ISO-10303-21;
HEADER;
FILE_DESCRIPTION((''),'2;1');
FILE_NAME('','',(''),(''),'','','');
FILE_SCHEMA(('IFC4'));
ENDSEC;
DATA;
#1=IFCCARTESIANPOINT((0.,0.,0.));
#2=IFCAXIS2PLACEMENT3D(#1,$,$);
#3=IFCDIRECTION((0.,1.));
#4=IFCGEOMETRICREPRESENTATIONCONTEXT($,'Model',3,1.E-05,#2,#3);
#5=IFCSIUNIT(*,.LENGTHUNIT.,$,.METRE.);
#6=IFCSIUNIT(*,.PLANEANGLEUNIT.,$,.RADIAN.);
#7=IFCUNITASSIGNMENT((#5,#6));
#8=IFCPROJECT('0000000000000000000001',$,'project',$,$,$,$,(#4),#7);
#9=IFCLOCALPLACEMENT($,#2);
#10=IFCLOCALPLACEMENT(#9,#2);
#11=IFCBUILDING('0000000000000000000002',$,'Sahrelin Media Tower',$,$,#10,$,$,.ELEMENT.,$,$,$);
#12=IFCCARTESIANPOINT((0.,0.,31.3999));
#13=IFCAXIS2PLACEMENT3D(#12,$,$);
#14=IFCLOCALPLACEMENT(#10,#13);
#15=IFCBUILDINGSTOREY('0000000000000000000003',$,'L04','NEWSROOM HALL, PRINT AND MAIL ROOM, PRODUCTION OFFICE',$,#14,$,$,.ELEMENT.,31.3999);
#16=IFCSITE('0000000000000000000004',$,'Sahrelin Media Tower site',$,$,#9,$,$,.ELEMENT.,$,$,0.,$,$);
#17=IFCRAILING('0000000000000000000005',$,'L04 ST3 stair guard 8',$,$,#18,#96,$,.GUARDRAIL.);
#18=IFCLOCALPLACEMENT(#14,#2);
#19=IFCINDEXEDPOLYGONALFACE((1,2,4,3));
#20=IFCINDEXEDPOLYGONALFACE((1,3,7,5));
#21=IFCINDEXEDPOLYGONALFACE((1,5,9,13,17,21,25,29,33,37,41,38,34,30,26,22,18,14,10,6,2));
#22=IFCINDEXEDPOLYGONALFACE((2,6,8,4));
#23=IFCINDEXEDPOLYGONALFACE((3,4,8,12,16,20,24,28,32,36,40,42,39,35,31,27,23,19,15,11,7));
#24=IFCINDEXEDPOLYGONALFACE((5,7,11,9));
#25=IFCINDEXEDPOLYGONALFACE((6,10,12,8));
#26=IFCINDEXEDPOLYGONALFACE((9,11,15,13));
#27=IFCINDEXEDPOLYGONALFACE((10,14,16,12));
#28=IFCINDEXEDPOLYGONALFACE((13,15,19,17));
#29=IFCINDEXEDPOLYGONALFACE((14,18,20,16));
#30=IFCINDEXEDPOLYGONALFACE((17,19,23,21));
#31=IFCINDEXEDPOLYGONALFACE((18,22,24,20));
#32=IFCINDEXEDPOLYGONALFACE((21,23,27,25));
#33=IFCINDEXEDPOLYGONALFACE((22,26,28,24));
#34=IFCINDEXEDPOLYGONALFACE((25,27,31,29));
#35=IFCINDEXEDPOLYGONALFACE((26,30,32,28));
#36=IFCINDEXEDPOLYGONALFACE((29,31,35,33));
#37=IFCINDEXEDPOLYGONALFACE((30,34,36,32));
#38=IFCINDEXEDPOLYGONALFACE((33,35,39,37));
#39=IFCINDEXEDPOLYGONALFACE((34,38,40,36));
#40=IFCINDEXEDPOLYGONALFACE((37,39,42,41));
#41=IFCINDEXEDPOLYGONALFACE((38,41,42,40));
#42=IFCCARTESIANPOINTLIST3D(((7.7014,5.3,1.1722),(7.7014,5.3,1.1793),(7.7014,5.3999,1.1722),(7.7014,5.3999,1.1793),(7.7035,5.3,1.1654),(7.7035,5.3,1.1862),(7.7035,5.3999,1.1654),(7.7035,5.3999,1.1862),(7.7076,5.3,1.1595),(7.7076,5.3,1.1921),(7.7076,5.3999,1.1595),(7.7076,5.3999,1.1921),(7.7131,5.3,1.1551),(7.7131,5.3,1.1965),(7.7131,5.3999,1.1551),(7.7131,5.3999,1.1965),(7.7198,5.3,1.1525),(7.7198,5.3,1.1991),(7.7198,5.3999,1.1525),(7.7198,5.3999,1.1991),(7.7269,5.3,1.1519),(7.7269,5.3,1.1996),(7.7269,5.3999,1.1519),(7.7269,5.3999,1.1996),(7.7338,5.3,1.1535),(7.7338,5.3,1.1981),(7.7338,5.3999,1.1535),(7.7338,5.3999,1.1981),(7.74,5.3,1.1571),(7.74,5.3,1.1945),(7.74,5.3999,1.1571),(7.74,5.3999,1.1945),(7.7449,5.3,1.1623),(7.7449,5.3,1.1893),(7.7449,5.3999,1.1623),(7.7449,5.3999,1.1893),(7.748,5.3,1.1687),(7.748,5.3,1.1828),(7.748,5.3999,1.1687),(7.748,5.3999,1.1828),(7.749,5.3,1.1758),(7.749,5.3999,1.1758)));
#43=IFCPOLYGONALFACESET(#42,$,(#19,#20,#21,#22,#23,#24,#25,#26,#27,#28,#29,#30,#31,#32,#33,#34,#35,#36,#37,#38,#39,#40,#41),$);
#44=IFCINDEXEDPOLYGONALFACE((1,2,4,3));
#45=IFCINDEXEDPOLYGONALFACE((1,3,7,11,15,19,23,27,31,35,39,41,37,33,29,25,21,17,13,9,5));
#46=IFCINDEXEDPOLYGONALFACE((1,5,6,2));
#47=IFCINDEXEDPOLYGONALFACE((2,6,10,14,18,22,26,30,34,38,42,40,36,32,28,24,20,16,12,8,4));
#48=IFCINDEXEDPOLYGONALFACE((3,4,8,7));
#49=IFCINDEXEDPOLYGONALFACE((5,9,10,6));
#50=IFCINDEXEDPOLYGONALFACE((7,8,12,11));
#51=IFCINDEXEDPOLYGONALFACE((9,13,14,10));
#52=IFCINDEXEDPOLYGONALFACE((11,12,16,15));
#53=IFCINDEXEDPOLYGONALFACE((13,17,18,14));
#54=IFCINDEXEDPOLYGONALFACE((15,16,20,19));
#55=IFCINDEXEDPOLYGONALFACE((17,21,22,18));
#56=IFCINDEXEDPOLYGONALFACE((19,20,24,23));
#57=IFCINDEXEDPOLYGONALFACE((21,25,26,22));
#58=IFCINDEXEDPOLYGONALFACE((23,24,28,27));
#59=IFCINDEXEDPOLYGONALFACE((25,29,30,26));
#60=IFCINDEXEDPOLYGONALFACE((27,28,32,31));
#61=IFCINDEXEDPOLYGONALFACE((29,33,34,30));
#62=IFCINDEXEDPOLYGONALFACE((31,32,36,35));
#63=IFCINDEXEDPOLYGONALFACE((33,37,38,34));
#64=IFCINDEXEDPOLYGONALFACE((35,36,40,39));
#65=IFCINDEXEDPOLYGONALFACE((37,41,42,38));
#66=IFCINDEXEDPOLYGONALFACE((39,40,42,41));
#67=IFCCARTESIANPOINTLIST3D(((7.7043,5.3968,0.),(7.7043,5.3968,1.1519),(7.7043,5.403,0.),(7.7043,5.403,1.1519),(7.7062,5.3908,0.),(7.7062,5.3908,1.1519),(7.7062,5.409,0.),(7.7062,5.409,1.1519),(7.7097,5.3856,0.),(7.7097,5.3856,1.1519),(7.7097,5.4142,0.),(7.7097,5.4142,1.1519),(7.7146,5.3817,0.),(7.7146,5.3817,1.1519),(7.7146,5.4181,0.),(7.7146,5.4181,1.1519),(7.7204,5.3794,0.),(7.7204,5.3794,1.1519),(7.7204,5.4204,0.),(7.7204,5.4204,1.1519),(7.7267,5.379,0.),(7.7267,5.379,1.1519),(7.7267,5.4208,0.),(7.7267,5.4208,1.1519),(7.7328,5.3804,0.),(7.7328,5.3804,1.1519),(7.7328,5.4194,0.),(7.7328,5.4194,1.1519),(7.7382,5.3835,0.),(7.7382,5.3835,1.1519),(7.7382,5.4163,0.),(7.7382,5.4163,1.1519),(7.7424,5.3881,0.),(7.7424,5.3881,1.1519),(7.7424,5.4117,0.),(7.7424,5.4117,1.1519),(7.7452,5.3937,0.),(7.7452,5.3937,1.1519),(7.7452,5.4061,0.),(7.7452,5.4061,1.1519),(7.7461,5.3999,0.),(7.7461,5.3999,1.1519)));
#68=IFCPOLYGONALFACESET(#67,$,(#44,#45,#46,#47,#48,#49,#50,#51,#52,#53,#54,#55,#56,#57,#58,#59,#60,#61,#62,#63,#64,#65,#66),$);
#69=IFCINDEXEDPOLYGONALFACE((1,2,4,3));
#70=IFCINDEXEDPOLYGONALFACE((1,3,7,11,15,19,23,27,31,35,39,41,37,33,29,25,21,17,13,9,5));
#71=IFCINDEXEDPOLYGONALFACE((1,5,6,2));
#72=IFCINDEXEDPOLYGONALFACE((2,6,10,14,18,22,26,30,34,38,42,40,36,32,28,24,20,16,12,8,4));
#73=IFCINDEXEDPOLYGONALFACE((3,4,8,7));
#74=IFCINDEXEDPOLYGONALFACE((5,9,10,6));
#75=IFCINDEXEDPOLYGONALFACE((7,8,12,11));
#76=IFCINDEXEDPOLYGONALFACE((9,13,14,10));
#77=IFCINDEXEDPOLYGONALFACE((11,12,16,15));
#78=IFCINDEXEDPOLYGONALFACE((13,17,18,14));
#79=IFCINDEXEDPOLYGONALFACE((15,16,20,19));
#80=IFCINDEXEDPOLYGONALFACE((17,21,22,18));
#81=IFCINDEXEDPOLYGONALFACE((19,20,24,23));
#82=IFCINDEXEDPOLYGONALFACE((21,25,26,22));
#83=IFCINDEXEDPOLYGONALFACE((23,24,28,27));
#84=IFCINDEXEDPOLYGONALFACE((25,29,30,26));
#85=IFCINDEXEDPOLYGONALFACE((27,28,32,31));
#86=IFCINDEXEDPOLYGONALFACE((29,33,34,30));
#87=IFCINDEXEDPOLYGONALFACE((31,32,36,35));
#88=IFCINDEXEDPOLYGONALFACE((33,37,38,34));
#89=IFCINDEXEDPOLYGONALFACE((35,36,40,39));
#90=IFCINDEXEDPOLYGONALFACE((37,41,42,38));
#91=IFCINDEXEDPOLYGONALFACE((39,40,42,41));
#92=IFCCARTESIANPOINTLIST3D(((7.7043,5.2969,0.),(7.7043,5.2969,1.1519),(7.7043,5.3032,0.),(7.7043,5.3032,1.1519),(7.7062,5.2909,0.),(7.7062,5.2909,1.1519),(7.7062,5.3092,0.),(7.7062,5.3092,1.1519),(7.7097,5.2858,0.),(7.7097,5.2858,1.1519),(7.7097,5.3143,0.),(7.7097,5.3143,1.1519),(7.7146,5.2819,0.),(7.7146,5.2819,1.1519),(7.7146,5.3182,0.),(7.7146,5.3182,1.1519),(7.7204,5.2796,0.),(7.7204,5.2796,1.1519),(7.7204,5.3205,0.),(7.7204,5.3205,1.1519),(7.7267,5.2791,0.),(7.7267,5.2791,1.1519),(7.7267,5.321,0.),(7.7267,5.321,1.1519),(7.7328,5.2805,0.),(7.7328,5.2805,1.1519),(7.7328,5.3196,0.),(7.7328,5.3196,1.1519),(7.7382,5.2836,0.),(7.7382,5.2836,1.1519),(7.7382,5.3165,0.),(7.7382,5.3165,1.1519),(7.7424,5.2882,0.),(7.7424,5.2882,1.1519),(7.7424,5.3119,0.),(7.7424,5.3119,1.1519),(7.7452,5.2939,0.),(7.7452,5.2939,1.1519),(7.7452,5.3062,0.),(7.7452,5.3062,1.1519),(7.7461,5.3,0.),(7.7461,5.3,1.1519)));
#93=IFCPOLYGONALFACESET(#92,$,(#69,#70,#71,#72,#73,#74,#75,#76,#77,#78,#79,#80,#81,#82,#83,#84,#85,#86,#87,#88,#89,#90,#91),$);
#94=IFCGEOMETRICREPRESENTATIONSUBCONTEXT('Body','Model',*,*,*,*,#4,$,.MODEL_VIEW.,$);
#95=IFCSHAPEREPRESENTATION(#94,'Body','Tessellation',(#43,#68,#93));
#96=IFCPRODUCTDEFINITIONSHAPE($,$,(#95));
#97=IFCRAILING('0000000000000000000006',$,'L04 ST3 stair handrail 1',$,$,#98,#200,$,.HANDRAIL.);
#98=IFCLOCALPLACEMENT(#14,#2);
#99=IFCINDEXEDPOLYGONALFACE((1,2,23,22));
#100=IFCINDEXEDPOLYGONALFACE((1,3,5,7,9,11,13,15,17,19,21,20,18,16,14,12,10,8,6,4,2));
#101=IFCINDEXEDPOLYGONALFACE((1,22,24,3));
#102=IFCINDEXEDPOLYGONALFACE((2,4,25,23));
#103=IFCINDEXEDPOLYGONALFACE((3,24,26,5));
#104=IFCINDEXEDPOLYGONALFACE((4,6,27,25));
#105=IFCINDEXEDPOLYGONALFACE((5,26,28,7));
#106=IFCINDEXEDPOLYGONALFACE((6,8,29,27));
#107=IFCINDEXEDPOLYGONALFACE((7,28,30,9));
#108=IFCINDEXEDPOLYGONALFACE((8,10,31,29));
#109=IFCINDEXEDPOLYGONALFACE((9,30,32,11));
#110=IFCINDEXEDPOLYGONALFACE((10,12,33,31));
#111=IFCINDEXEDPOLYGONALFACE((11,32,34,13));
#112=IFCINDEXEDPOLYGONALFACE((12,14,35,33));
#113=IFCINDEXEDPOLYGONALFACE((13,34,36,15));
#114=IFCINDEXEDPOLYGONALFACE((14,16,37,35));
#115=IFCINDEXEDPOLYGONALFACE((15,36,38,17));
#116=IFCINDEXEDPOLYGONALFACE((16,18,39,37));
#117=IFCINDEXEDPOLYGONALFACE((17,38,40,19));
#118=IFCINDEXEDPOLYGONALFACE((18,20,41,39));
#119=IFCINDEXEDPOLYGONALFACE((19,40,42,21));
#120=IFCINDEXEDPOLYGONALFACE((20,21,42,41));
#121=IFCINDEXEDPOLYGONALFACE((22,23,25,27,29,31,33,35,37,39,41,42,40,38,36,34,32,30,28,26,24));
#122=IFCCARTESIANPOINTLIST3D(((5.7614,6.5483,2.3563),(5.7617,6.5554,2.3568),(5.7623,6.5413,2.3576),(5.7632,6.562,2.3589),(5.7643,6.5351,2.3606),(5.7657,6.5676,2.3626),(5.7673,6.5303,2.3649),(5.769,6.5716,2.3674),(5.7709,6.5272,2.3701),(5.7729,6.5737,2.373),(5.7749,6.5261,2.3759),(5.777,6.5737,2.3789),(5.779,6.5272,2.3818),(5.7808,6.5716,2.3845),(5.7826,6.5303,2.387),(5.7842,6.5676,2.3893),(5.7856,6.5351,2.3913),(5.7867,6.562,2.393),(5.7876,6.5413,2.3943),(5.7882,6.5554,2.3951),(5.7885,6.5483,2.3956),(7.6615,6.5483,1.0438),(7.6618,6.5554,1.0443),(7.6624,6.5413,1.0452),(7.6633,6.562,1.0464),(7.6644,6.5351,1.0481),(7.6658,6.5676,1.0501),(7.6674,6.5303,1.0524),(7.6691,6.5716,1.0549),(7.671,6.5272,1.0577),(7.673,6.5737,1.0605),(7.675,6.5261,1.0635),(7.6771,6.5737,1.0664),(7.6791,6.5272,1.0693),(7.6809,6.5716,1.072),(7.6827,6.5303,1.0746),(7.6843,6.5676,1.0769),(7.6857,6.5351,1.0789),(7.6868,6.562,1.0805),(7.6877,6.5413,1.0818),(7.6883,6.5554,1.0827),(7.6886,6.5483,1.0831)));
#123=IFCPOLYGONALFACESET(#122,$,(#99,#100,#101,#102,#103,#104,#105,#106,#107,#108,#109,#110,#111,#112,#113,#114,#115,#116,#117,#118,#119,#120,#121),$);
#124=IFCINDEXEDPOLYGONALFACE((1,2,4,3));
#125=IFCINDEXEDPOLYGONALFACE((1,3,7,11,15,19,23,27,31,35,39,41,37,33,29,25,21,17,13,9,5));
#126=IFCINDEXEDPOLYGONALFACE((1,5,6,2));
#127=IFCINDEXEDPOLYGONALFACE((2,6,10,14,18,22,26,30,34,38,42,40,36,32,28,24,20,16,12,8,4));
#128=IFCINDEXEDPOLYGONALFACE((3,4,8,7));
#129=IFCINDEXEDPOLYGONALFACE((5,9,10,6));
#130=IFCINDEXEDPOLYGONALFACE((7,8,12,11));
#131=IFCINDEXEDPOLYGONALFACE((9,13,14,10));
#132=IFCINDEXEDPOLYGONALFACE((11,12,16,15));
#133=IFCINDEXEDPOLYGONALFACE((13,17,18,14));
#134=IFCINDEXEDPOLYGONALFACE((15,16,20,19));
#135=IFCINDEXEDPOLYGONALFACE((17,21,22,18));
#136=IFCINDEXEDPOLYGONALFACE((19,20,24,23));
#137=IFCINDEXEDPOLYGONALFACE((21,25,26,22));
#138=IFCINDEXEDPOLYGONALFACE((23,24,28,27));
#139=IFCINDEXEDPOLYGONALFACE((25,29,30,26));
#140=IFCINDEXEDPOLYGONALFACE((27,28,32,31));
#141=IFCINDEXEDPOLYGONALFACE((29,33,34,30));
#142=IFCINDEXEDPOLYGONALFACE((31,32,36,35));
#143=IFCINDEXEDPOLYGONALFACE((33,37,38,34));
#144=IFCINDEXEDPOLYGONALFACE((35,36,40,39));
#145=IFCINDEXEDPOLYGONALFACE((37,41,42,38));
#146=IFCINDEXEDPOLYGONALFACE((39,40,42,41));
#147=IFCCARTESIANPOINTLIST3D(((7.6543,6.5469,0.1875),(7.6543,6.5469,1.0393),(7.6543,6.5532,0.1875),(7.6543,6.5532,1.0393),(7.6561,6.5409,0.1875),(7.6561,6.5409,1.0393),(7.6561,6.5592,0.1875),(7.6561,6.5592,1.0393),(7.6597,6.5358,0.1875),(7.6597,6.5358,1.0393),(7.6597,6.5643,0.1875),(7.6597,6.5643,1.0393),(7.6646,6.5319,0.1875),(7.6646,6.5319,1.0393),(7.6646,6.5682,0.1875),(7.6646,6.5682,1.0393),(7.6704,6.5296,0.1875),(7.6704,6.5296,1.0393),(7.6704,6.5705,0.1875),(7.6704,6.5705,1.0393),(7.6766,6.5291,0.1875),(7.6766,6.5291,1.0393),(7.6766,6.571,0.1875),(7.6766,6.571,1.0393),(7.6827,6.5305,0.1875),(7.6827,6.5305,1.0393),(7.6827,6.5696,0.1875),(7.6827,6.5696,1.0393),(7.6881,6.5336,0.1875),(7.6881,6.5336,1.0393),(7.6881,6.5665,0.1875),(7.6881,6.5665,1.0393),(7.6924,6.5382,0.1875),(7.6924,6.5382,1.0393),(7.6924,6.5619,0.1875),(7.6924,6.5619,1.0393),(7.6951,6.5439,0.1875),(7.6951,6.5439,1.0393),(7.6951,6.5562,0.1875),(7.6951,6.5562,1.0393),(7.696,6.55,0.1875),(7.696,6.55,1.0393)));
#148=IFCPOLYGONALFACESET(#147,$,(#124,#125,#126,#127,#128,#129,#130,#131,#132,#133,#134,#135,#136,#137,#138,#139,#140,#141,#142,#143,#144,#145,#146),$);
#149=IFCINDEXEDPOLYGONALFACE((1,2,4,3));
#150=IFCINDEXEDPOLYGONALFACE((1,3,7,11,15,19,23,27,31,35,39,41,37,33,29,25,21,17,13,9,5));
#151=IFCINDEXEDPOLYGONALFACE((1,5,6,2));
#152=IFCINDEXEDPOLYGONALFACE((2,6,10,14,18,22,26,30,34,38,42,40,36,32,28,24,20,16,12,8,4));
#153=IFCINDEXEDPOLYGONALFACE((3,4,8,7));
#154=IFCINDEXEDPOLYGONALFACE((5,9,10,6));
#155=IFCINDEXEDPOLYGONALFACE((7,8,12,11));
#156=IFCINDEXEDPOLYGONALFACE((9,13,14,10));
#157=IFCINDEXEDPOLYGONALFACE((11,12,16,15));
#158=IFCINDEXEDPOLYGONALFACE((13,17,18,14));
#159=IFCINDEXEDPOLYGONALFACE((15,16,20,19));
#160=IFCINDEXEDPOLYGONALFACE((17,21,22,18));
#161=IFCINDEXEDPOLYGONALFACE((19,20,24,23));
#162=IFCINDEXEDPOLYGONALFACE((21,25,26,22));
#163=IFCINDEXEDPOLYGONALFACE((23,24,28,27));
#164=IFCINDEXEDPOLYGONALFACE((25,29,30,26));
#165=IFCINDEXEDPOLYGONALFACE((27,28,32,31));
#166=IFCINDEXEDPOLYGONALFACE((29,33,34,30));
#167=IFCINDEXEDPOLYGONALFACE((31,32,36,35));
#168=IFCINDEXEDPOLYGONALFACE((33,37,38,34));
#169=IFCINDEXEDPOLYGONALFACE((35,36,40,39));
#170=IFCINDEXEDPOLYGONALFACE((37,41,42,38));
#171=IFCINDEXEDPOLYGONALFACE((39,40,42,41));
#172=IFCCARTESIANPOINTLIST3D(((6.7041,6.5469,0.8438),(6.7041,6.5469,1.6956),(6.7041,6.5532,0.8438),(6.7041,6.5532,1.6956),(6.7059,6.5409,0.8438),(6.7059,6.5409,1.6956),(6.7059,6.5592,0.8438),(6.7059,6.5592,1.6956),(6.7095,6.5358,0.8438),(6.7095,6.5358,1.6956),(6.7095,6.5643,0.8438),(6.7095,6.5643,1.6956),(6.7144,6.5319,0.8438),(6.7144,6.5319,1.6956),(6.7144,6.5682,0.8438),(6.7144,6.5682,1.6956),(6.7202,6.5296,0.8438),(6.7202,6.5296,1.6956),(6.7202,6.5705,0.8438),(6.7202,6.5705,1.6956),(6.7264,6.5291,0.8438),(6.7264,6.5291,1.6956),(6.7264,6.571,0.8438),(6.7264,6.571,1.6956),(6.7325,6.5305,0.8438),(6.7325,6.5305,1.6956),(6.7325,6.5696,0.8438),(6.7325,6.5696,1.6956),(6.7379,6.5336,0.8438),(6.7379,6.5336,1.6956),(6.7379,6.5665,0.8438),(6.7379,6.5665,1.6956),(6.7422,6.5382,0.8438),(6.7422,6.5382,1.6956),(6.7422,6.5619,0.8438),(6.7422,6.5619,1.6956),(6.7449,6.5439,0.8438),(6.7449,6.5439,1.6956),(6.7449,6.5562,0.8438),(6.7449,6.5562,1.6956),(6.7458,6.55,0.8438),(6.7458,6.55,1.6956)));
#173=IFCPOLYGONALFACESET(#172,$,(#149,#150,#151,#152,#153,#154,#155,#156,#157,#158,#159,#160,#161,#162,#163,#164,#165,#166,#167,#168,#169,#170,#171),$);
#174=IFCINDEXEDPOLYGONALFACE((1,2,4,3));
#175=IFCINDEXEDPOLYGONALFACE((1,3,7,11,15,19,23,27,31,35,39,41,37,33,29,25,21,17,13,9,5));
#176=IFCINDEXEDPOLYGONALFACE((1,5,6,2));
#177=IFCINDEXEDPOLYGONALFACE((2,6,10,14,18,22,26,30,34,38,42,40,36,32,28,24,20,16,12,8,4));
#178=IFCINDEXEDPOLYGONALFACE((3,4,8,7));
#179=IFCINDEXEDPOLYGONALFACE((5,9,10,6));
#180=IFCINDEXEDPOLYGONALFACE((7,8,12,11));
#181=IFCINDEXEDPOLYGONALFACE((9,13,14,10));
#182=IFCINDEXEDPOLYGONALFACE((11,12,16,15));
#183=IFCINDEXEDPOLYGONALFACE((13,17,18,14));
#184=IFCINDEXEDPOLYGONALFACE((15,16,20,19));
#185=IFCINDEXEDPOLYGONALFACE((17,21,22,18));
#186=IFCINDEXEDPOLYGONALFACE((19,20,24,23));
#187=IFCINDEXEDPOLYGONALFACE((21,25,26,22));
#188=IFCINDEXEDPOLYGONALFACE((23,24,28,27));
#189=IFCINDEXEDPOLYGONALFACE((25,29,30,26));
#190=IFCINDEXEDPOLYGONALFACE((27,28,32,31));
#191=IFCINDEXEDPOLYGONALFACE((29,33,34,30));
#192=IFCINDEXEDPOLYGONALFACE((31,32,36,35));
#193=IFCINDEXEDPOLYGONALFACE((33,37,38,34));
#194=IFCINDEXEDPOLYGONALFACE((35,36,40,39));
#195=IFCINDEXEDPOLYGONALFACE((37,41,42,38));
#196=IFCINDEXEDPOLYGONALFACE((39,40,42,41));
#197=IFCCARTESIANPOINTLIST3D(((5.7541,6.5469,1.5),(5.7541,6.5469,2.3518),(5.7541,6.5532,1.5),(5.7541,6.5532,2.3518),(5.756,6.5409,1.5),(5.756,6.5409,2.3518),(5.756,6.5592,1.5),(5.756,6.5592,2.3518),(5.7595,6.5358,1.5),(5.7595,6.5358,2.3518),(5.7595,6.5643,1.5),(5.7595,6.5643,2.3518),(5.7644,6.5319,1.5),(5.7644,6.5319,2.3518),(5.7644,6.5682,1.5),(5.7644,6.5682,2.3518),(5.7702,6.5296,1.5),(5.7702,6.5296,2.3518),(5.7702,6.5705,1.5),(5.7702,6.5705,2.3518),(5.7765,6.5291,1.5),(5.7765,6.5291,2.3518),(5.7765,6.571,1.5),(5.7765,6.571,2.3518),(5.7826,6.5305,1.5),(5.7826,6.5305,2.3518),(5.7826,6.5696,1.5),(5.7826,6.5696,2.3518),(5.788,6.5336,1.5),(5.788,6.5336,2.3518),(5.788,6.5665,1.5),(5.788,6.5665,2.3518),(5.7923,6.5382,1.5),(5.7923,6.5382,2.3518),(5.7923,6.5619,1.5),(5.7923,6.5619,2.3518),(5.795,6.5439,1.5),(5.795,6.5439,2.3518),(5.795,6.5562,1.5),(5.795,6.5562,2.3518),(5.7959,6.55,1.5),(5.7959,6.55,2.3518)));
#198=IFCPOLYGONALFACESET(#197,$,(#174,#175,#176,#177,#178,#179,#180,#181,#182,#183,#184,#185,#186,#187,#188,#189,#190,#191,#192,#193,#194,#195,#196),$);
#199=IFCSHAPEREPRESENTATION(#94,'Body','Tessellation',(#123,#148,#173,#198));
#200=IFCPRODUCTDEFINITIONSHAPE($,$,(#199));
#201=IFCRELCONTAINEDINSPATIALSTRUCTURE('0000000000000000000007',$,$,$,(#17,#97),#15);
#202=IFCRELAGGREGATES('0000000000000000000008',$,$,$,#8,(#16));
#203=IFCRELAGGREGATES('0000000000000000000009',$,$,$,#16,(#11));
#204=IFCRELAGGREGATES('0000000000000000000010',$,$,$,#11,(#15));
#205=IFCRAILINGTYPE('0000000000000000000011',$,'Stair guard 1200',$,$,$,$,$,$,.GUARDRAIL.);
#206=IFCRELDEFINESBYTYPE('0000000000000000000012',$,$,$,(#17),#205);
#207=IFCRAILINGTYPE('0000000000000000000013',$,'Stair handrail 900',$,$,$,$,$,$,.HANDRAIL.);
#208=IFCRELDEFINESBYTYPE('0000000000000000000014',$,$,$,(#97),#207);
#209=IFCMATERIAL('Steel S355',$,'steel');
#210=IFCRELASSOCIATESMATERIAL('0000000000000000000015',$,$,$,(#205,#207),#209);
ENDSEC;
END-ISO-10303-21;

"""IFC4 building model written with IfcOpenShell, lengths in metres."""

from ifc_helpers import new_model, si_unit, direction, frame, origin, origin_2d, place, context, subcontext, project, spatial, circle, extrude, material, type_object, element, save


model = new_model("IFC4")

# Units and contexts
model_context = context("Model", 3, precision=1e-05, world=origin(), true_north=direction((0.0, 1.0)))
body_context = subcontext(model_context, "Body", "Model", "MODEL_VIEW")
ifc_project = project(units=[si_unit("LENGTHUNIT", "METRE"), si_unit("PLANEANGLEUNIT", "RADIAN")], contexts=[model_context])

# Site, building, storey
site_placement = place(None, origin())
site = spatial("IfcSite", under=ifc_project, at=site_placement, Name="Sahrelin Media Tower site", CompositionType="ELEMENT", RefElevation=0.0)
building_placement = place(site_placement, origin())
building = spatial("IfcBuilding", under=site, at=building_placement, Name="Sahrelin Media Tower", CompositionType="ELEMENT")
storey_placement = place(building_placement, frame((0.0, 0.0, 31.3999)))
storey = spatial("IfcBuildingStorey", under=building, at=storey_placement, Name="L04", Description="NEWSROOM HALL, PRINT AND MAIL ROOM, PRODUCTION OFFICE", CompositionType="ELEMENT", Elevation=31.3999)

# Shared definitions
ifc_material_1 = material(Name="Steel S355", Category="steel")

# Railings
railing_type_1 = type_object("IfcRailingType", Name="Stair guard 1200", PredefinedType="GUARDRAIL", material=ifc_material_1)
railing_1_placement = place(storey_placement, frame((7.7251, 5.3999, 0.0)))
element("IfcRailing", 1, at=railing_1_placement, inside=storey, type_object=railing_type_1, Name="L04 ST3 stair guard 8", PredefinedType="GUARDRAIL", context=body_context, shape_type="SweptSolid", body=[
    extrude(circle(Radius=0.0239, at=origin_2d()), frame((0.0, 0.0, 1.1758), z_axis=(0.0, -1.0, 0.0), x_axis=(1.0, 0.0, 0.0)), (0.0, 0.0, 1.0), 0.0999),
    extrude(circle(Radius=0.021, at=origin_2d()), origin(), (0.0, 0.0, 1.0), 1.1519),
    extrude(circle(Radius=0.021, at=origin_2d()), frame((0.0, -0.0999, 0.0)), (0.0, 0.0, 1.0), 1.1519),
])
railing_type_2 = type_object("IfcRailingType", Name="Stair handrail 900", PredefinedType="HANDRAIL", material=ifc_material_1)
for number, where, name in (
    (2, (7.675, 6.55, 0.1875), "L04 ST3 stair handrail 1"),
):
    element("IfcRailing", number, at=place(storey_placement, frame(where)), inside=storey, type_object=railing_type_2, Name=name, PredefinedType="HANDRAIL", context=body_context, shape_type="SweptSolid", body=[
        extrude(circle(Radius=0.0239, at=origin_2d()), frame((0.0, 0.0, 0.876), z_axis=(-0.822797, 0.0, 0.568336), x_axis=(0.0, -1.0, 0.0)), (0.0, 0.0, 1.0), 2.3093),
        extrude(circle(Radius=0.021, at=origin_2d()), origin(), (0.0, 0.0, 1.0), 0.8518),
        extrude(circle(Radius=0.021, at=origin_2d()), frame((-0.9502, 0.0, 0.6562)), (0.0, 0.0, 1.0), 0.8518),
        extrude(circle(Radius=0.021, at=origin_2d()), frame((-1.9001, 0.0, 1.3125)), (0.0, 0.0, 1.0), 0.8518),
    ])

save(model, "model.ifc")
